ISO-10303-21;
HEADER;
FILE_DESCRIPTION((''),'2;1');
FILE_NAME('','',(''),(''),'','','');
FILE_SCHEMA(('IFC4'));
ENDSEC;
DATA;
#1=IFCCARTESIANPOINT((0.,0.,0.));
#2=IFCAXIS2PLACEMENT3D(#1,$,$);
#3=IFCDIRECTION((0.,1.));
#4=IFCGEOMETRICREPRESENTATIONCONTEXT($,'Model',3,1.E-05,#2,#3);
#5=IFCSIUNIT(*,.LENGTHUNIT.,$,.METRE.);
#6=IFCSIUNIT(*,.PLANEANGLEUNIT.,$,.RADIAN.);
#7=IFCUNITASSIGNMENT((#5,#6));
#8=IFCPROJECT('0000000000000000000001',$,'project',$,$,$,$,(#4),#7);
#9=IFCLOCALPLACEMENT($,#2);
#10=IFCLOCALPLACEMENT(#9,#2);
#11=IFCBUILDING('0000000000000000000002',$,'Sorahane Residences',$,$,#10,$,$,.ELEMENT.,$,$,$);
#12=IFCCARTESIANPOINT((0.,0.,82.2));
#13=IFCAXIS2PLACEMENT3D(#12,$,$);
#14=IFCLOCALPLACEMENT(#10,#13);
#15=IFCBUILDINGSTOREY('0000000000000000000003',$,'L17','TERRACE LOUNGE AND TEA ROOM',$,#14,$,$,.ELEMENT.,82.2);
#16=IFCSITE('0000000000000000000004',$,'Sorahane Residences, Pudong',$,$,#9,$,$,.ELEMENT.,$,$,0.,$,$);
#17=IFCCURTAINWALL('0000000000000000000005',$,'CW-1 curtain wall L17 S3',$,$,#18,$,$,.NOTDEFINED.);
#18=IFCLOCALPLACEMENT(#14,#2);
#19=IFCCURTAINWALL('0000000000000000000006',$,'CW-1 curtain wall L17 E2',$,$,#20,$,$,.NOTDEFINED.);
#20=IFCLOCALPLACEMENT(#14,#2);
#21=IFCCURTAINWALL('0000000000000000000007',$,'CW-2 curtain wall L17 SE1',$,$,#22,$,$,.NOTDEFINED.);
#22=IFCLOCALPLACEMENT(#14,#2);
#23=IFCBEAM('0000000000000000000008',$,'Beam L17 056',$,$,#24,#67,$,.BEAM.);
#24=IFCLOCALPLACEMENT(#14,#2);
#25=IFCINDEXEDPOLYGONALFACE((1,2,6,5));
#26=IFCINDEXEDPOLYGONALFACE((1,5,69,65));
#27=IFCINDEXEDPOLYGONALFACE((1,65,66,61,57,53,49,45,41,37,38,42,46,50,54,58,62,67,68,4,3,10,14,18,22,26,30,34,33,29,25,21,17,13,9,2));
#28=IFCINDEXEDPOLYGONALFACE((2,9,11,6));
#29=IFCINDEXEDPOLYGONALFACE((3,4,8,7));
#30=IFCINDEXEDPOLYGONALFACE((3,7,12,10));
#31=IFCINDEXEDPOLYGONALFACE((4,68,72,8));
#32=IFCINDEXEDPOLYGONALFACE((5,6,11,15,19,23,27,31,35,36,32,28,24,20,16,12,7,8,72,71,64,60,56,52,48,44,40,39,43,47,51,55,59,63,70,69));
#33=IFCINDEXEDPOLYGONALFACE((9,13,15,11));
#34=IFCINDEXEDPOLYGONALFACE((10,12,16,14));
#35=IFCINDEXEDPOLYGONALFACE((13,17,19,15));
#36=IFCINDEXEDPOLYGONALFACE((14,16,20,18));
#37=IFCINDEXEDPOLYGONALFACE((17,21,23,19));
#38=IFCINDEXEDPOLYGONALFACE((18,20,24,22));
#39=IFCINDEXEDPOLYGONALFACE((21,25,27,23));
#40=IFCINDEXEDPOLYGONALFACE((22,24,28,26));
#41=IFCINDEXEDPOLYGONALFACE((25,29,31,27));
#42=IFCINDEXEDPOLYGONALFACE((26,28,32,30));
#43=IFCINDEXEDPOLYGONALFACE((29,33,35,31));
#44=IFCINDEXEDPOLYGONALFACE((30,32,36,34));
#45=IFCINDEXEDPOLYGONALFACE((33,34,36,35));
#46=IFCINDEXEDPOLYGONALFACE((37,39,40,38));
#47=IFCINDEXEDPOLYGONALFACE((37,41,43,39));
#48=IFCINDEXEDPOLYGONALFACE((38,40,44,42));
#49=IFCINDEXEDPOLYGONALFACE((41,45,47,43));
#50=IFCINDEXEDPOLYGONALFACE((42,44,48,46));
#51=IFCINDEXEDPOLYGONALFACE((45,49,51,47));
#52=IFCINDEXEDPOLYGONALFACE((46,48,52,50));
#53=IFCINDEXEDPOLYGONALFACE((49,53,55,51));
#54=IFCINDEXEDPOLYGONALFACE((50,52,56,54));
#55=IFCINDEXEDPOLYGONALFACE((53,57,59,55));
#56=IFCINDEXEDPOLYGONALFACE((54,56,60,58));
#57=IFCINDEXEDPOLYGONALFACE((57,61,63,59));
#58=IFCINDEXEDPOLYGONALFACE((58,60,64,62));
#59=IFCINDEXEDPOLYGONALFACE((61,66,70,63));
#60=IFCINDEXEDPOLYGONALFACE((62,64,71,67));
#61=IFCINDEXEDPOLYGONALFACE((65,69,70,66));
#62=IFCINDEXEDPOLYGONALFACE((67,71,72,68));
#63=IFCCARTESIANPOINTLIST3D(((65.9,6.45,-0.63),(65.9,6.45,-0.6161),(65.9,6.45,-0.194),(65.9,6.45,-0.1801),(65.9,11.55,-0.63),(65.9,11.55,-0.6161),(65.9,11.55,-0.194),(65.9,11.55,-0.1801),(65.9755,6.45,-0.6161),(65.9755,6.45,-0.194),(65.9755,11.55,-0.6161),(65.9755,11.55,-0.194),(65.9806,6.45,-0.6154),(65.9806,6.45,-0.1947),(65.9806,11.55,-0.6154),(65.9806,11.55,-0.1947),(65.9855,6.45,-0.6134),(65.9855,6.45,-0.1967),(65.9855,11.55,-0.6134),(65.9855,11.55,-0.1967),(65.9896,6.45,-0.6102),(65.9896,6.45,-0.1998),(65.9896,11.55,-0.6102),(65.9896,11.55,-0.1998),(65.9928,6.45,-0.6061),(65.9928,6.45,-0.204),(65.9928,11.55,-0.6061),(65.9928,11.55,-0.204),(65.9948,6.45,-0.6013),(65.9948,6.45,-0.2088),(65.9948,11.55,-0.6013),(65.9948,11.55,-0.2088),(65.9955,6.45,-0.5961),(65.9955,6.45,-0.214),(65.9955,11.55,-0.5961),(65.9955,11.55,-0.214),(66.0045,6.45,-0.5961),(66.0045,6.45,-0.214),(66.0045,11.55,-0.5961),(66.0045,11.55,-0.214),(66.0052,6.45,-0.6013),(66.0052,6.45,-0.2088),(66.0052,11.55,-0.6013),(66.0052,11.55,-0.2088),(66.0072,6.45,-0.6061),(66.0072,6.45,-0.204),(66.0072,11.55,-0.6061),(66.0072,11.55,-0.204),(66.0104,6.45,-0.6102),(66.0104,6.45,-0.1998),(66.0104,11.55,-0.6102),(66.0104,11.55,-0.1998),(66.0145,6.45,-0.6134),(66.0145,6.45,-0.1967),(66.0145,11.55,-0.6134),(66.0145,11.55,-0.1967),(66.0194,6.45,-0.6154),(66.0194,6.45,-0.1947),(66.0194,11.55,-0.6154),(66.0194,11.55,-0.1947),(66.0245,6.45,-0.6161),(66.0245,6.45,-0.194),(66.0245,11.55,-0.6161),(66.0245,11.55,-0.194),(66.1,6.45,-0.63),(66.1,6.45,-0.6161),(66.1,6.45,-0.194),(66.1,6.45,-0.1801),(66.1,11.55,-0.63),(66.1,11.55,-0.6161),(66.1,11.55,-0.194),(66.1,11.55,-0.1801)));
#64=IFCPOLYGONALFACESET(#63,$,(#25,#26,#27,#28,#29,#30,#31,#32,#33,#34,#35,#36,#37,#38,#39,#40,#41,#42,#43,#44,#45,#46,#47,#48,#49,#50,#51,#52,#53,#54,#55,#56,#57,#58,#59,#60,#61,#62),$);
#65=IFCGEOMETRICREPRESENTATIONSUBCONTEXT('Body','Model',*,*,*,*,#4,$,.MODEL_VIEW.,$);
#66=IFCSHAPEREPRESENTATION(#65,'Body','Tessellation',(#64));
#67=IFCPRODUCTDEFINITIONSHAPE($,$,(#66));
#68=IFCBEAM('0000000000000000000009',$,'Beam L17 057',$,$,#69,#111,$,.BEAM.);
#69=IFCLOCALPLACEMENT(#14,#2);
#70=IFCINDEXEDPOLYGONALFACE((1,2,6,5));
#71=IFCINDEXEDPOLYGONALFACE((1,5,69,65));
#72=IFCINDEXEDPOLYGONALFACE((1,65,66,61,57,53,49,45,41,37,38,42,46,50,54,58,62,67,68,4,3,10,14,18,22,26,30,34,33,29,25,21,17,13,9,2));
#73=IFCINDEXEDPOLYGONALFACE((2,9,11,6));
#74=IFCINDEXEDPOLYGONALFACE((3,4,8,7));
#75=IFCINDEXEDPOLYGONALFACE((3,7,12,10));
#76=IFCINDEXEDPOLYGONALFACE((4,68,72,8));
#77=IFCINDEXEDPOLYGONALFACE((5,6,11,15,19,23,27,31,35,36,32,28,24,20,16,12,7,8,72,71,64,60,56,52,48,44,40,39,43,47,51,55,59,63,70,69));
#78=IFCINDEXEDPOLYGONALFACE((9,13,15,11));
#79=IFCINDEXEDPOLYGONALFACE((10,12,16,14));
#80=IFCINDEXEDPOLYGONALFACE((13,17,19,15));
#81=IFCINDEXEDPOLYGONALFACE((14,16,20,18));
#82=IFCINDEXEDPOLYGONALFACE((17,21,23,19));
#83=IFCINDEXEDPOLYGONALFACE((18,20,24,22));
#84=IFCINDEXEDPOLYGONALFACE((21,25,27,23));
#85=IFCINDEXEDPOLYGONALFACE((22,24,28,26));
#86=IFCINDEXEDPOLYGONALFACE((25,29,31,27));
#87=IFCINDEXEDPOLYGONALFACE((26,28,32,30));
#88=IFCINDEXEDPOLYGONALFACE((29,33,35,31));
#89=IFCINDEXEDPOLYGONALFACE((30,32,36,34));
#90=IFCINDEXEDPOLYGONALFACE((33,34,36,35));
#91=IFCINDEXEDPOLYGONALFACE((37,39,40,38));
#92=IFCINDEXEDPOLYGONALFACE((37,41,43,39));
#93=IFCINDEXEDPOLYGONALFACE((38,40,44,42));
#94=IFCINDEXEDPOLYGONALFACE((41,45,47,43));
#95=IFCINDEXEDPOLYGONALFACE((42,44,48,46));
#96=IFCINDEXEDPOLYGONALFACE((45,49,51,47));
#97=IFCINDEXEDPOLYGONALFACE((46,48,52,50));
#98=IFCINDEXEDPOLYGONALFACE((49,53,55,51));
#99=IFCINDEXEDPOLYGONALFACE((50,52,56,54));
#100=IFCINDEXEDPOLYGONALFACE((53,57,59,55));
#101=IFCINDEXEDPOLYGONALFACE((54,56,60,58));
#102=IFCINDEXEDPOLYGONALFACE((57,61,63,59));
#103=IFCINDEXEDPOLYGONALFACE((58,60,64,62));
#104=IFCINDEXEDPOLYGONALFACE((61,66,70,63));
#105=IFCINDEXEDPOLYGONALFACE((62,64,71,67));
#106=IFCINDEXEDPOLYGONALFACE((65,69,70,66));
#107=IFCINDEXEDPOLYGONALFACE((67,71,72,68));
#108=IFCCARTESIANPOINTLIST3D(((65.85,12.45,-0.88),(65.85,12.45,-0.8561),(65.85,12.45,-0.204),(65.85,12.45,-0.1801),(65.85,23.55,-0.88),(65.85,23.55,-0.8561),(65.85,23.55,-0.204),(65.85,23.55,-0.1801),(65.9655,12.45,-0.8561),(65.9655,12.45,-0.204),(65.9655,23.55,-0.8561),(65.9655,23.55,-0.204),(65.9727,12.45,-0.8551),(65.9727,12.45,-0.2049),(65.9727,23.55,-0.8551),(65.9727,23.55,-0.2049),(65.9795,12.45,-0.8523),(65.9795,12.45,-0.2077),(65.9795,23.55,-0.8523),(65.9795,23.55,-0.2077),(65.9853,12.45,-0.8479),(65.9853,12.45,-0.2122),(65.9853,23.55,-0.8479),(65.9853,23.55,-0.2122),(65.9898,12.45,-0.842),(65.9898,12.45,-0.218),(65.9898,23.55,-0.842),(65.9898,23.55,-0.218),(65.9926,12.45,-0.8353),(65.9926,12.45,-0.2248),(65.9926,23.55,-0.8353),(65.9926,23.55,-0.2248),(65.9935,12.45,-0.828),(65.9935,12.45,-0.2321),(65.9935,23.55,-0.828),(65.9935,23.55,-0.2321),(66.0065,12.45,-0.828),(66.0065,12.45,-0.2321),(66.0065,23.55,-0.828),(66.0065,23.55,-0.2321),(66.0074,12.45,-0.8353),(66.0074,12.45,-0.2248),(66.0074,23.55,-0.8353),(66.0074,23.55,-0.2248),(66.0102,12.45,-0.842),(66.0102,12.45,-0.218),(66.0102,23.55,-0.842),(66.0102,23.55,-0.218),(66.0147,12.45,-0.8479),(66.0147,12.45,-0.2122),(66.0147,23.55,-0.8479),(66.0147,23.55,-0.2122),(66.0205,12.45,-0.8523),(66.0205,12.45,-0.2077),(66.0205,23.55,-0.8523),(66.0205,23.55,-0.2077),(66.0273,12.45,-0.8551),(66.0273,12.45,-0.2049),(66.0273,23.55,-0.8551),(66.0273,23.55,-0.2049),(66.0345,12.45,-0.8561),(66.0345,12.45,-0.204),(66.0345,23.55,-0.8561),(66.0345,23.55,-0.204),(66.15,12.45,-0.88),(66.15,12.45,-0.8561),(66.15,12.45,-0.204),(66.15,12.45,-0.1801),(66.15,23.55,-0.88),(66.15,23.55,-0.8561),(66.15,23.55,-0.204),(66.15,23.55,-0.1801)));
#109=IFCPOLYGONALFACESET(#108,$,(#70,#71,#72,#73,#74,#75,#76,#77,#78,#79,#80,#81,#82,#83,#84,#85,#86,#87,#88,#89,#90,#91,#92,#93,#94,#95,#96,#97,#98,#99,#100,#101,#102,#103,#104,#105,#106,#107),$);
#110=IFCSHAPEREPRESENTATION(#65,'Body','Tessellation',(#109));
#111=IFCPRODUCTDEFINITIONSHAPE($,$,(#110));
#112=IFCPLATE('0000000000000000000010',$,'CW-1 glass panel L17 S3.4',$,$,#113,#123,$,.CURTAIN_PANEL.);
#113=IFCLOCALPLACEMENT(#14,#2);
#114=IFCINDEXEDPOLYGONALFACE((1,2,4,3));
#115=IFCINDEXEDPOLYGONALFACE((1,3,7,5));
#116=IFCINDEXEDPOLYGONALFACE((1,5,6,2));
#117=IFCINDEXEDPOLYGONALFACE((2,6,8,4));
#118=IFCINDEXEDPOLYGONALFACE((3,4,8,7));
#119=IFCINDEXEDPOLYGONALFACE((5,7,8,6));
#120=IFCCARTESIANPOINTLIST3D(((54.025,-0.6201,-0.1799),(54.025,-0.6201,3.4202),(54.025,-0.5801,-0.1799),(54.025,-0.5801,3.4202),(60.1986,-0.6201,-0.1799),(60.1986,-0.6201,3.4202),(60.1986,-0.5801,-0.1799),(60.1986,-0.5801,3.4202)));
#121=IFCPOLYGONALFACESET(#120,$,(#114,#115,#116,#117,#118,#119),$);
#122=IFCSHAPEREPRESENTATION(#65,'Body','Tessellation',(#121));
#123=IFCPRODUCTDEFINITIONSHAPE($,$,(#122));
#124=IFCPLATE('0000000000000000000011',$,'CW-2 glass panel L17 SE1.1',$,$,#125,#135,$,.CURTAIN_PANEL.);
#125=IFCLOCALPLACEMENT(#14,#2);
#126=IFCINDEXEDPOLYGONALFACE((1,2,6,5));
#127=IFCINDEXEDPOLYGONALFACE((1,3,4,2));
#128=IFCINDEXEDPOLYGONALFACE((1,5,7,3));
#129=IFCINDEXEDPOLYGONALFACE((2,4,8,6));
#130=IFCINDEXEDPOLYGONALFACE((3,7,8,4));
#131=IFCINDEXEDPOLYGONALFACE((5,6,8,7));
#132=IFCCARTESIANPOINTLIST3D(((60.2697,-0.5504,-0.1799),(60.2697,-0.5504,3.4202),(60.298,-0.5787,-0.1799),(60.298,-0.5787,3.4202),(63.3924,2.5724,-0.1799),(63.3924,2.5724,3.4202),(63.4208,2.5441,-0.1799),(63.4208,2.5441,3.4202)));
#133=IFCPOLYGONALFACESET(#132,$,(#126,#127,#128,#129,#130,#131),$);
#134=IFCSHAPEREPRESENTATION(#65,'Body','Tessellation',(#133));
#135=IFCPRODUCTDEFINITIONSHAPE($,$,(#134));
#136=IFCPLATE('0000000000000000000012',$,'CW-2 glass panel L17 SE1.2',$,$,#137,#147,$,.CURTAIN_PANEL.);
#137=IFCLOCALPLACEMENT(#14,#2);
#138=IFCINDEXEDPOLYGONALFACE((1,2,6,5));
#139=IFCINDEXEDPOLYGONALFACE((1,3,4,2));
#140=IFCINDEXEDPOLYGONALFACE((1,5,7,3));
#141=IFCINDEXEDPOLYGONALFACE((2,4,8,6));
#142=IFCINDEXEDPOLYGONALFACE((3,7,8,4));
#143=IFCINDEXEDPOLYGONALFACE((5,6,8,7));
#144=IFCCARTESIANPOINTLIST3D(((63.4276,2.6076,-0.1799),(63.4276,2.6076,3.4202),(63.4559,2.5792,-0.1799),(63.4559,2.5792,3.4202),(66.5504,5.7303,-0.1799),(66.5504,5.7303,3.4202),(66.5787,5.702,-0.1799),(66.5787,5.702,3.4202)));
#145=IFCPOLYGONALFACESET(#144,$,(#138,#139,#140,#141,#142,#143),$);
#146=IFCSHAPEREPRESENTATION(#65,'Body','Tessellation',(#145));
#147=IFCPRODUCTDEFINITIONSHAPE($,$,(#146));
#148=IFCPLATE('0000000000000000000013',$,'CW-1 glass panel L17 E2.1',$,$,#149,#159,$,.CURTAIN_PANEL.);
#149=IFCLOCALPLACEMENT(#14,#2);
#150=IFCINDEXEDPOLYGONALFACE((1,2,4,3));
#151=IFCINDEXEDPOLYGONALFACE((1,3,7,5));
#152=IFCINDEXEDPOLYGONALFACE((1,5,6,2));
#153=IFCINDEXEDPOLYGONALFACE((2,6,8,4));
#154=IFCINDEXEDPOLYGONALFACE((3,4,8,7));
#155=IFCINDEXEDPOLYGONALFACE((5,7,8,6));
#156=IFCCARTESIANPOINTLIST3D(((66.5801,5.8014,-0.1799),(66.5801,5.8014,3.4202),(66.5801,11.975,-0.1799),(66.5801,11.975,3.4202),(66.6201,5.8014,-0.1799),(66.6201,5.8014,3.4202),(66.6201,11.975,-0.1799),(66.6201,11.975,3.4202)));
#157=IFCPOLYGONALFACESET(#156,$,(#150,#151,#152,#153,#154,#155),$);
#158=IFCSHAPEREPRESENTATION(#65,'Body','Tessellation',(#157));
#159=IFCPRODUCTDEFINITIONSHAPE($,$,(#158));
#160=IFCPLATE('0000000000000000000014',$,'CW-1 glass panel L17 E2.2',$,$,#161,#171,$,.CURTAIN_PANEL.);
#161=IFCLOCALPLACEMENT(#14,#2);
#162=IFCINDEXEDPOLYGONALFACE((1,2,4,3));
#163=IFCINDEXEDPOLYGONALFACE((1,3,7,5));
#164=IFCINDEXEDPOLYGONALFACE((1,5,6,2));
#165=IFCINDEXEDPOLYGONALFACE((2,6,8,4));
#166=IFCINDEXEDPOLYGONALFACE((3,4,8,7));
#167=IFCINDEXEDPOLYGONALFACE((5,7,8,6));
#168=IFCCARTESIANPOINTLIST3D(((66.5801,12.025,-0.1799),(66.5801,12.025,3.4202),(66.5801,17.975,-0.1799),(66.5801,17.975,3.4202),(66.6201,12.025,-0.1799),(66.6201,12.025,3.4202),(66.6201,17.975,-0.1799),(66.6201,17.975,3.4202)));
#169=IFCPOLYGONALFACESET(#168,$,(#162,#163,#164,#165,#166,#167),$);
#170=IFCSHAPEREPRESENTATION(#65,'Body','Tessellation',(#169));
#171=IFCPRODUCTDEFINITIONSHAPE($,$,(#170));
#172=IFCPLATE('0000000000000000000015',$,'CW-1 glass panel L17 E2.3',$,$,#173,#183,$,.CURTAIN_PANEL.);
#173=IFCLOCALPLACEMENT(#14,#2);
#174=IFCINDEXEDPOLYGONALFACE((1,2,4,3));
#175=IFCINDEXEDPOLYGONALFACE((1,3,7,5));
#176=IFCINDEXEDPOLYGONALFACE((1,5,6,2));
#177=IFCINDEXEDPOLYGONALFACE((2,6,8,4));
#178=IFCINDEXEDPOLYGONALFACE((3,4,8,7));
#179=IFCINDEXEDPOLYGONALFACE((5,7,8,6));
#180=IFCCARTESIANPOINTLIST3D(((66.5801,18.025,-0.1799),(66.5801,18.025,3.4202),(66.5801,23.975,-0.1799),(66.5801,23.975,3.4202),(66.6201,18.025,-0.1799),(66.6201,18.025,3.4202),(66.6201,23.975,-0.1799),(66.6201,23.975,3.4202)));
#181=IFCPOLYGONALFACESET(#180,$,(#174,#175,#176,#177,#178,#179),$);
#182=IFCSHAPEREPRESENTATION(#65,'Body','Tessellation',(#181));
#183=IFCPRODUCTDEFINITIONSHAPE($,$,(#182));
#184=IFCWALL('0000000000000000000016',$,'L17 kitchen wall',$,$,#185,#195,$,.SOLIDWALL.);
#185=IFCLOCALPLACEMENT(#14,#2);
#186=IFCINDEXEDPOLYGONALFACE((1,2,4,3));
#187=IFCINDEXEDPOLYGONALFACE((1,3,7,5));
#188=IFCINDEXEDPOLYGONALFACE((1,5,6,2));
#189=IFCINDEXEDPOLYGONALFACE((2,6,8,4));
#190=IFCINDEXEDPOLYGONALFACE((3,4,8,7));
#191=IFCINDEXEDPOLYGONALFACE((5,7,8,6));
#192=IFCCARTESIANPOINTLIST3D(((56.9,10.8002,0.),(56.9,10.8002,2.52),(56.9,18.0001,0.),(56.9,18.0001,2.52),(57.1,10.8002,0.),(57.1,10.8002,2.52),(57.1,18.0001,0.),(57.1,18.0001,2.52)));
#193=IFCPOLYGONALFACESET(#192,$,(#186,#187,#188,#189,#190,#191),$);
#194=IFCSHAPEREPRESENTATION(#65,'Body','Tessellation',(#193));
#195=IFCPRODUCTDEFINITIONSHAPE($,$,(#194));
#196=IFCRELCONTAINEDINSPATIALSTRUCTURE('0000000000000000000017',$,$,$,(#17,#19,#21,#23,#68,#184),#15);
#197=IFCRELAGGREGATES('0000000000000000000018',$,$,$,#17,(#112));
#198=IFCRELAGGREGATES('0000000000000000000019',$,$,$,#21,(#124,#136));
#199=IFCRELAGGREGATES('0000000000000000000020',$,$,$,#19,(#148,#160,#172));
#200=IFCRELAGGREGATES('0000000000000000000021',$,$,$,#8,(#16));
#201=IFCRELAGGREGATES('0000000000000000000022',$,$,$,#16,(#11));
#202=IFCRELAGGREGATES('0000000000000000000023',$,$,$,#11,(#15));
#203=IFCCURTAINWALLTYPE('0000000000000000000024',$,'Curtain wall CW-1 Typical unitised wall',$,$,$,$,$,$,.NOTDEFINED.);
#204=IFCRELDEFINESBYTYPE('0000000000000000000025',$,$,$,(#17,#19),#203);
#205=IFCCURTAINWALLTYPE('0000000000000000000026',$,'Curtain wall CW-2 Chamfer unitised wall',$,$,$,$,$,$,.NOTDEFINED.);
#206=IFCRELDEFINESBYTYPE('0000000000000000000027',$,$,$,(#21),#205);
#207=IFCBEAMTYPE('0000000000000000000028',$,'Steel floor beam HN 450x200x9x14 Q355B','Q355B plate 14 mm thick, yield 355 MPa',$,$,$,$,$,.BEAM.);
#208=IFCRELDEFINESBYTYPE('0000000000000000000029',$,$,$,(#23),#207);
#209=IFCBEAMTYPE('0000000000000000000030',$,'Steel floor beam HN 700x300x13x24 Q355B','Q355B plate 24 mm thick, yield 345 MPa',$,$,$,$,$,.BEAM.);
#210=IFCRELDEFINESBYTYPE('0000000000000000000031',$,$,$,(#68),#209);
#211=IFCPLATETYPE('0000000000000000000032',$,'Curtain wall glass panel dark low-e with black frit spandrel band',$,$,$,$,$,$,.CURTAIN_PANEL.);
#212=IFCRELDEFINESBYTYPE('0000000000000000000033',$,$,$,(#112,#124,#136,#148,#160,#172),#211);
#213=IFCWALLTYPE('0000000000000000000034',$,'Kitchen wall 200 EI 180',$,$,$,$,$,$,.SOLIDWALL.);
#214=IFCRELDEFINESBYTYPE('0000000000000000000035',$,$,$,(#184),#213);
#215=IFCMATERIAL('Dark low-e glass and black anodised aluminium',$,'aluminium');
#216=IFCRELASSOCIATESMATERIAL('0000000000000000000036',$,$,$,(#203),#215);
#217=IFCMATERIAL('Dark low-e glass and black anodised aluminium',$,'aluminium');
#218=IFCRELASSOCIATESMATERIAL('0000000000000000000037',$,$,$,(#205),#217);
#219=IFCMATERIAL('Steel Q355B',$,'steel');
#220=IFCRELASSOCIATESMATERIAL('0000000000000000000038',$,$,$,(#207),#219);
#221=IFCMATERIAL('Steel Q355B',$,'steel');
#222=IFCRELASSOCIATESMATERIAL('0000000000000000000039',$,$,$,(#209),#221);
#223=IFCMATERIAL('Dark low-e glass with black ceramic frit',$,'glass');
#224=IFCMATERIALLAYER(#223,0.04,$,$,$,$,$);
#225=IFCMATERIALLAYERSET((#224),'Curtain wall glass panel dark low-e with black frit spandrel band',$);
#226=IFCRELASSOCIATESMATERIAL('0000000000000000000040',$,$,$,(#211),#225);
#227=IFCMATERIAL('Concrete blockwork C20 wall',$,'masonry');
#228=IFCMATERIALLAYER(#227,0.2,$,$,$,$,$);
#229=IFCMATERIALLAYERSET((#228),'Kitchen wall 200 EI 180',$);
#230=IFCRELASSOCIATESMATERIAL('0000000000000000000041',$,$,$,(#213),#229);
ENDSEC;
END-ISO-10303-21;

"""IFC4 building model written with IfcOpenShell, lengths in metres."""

from ifc_helpers import new_model, si_unit, direction, frame, frame_2d, origin, origin_2d, place, context, subcontext, project, spatial, rectangle, i_section, extrude, material, layer, layer_set, material_profile, profile_set, type_object, element, aggregate, save


model = new_model("IFC4")

# Units and contexts
model_context = context("Model", 3, precision=1e-05, world=origin(), true_north=direction((0.0, 1.0)))
body_context = subcontext(model_context, "Body", "Model", "MODEL_VIEW")
ifc_project = project(units=[si_unit("LENGTHUNIT", "METRE"), si_unit("PLANEANGLEUNIT", "RADIAN")], contexts=[model_context])

# Site, building, storey
site_placement = place(None, origin())
site = spatial("IfcSite", under=ifc_project, at=site_placement, Name="Sorahane Residences, Pudong", CompositionType="ELEMENT", RefElevation=0.0)
building_placement = place(site_placement, origin())
building = spatial("IfcBuilding", under=site, at=building_placement, Name="Sorahane Residences", CompositionType="ELEMENT")
storey_placement = place(building_placement, frame((0.0, 0.0, 82.2)))
storey = spatial("IfcBuildingStorey", under=building, at=storey_placement, Name="L17", Description="TERRACE LOUNGE AND TEA ROOM", CompositionType="ELEMENT", Elevation=82.2)

# Curtain wall
ifc_material_1 = material(Name="Dark low-e glass and black anodised aluminium", Category="aluminium")
curtain_wall_type_1 = type_object("IfcCurtainWallType", Name="Curtain wall CW-1 Typical unitised wall", PredefinedType="NOTDEFINED", material=ifc_material_1)
curtain_wall_1_placement = place(storey_placement, origin())
curtain_wall_1 = element("IfcCurtainWall", 1, at=curtain_wall_1_placement, inside=storey, type_object=curtain_wall_type_1, Name="CW-1 curtain wall L17 S3", PredefinedType="NOTDEFINED")

# Curtain walls
curtain_wall_2_placement = place(storey_placement, origin())
curtain_wall_2 = element("IfcCurtainWall", 2, at=curtain_wall_2_placement, inside=storey, type_object=curtain_wall_type_1, Name="CW-1 curtain wall L17 E2", PredefinedType="NOTDEFINED")
ifc_material_2 = material(Name="Dark low-e glass and black anodised aluminium", Category="aluminium")
curtain_wall_type_2 = type_object("IfcCurtainWallType", Name="Curtain wall CW-2 Chamfer unitised wall", PredefinedType="NOTDEFINED", material=ifc_material_2)
curtain_wall_3_placement = place(storey_placement, origin())
curtain_wall_3 = element("IfcCurtainWall", 3, at=curtain_wall_3_placement, inside=storey, type_object=curtain_wall_type_2, Name="CW-2 curtain wall L17 SE1", PredefinedType="NOTDEFINED")

# Beams
ifc_material_3 = material(Name="Steel Q355B", Category="steel")
ifc_material_profile_1 = material_profile(ifc_material_3, i_section(OverallWidth=0.2, OverallDepth=0.45, WebThickness=0.009, FlangeThickness=0.0139, FilletRadius=0.02, at=origin_2d()), Name="HN 450x200x9x14")
ifc_profile_set_1 = profile_set([ifc_material_profile_1], Name="Steel Q355B")
beam_type_1 = type_object("IfcBeamType", Name="Steel floor beam HN 450x200x9x14 Q355B", Description="Q355B plate 14 mm thick, yield 355 MPa", PredefinedType="BEAM", material=ifc_profile_set_1)
beam_1_placement = place(storey_placement, frame((66.0, 6.45, -0.405), z_axis=(0.0, 1.0, 0.0), x_axis=(-1.0, 0.0, 0.0)))
element("IfcBeam", 4, at=beam_1_placement, inside=storey, type_object=beam_type_1, Name="Beam L17 056", PredefinedType="BEAM", context=body_context, shape_type="SweptSolid", body=[
    extrude(i_section(OverallWidth=0.2, OverallDepth=0.45, WebThickness=0.009, FlangeThickness=0.0139, FilletRadius=0.02, at=origin_2d()), origin(), (0.0, 0.0, 1.0), 5.1001),
])
ifc_material_4 = material(Name="Steel Q355B", Category="steel")
ifc_material_profile_2 = material_profile(ifc_material_4, i_section(OverallWidth=0.3, OverallDepth=0.7, WebThickness=0.0129, FlangeThickness=0.0239, FilletRadius=0.0281, at=origin_2d()), Name="HN 700x300x13x24")
ifc_profile_set_2 = profile_set([ifc_material_profile_2], Name="Steel Q355B")
beam_type_2 = type_object("IfcBeamType", Name="Steel floor beam HN 700x300x13x24 Q355B", Description="Q355B plate 24 mm thick, yield 345 MPa", PredefinedType="BEAM", material=ifc_profile_set_2)
beam_2_placement = place(storey_placement, frame((66.0, 12.45, -0.53), z_axis=(0.0, 1.0, 0.0), x_axis=(-1.0, 0.0, 0.0)))
element("IfcBeam", 5, at=beam_2_placement, inside=storey, type_object=beam_type_2, Name="Beam L17 057", PredefinedType="BEAM", context=body_context, shape_type="SweptSolid", body=[
    extrude(i_section(OverallWidth=0.3, OverallDepth=0.7, WebThickness=0.0129, FlangeThickness=0.0239, FilletRadius=0.0281, at=origin_2d()), origin(), (0.0, 0.0, 1.0), 11.1001),
])

# Plates
ifc_material_5 = material(Name="Dark low-e glass with black ceramic frit", Category="glass")
ifc_layer_1 = layer(ifc_material_5, 0.04)
ifc_layer_set_1 = layer_set([ifc_layer_1], Name="Curtain wall glass panel dark low-e with black frit spandrel band")
plate_type = type_object("IfcPlateType", Name="Curtain wall glass panel dark low-e with black frit spandrel band", PredefinedType="CURTAIN_PANEL", material=ifc_layer_set_1)
plate_1_placement = place(storey_placement, frame((57.1118, -0.6001, -0.1799), z_axis=(0.0, 0.0, 1.0), x_axis=(1.0, 0.0, 0.0)))
plate_1 = element("IfcPlate", 6, at=plate_1_placement, type_object=plate_type, Name="CW-1 glass panel L17 S3.4", PredefinedType="CURTAIN_PANEL", context=body_context, shape_type="SweptSolid", body=[
    extrude(rectangle(XDim=6.1736, YDim=0.04, at=origin_2d()), origin(), (0.0, 0.0, 1.0), 3.6001),
])
aggregate(curtain_wall_1, [plate_1])
plate_2_placement = place(storey_placement, frame((61.8452, 0.9968, -0.1799), z_axis=(0.0, 0.0, 1.0), x_axis=(0.707107, 0.707107, 0.0)))
plate_2 = element("IfcPlate", 7, at=plate_2_placement, type_object=plate_type, Name="CW-2 glass panel L17 SE1.1", PredefinedType="CURTAIN_PANEL", context=body_context, shape_type="SweptSolid", body=[
    extrude(rectangle(XDim=4.4163, YDim=0.04, at=origin_2d()), origin(), (0.0, 0.0, 1.0), 3.6001),
])
plate_3_placement = place(storey_placement, frame((65.0032, 4.1548, -0.1799), z_axis=(0.0, 0.0, 1.0), x_axis=(0.707107, 0.707107, 0.0)))
plate_3 = element("IfcPlate", 8, at=plate_3_placement, type_object=plate_type, Name="CW-2 glass panel L17 SE1.2", PredefinedType="CURTAIN_PANEL", context=body_context, shape_type="SweptSolid", body=[
    extrude(rectangle(XDim=4.4163, YDim=0.04, at=origin_2d()), origin(), (0.0, 0.0, 1.0), 3.6001),
])
aggregate(curtain_wall_3, [plate_2, plate_3])
plate_4_placement = place(storey_placement, frame((66.6001, 8.8882, -0.1799), z_axis=(0.0, 0.0, 1.0), x_axis=(0.0, 1.0, 0.0)))
plate_4 = element("IfcPlate", 9, at=plate_4_placement, type_object=plate_type, Name="CW-1 glass panel L17 E2.1", PredefinedType="CURTAIN_PANEL", context=body_context, shape_type="SweptSolid", body=[
    extrude(rectangle(XDim=6.1736, YDim=0.04, at=origin_2d()), origin(), (0.0, 0.0, 1.0), 3.6001),
])
plate_5_placement = place(storey_placement, frame((66.6001, 15.0, -0.1799), z_axis=(0.0, 0.0, 1.0), x_axis=(0.0, 1.0, 0.0)))
plate_5 = element("IfcPlate", 10, at=plate_5_placement, type_object=plate_type, Name="CW-1 glass panel L17 E2.2", PredefinedType="CURTAIN_PANEL", context=body_context, shape_type="SweptSolid", body=[
    extrude(rectangle(XDim=5.95, YDim=0.04, at=origin_2d()), origin(), (0.0, 0.0, 1.0), 3.6001),
])
plate_6_placement = place(storey_placement, frame((66.6001, 21.0, -0.1799), z_axis=(0.0, 0.0, 1.0), x_axis=(0.0, 1.0, 0.0)))
plate_6 = element("IfcPlate", 11, at=plate_6_placement, type_object=plate_type, Name="CW-1 glass panel L17 E2.3", PredefinedType="CURTAIN_PANEL", context=body_context, shape_type="SweptSolid", body=[
    extrude(rectangle(XDim=5.95, YDim=0.04, at=origin_2d()), origin(), (0.0, 0.0, 1.0), 3.6001),
])
aggregate(curtain_wall_2, [plate_4, plate_5, plate_6])

# Wall
ifc_material_6 = material(Name="Concrete blockwork C20 wall", Category="masonry")
ifc_layer_2 = layer(ifc_material_6, 0.2)
ifc_layer_set_2 = layer_set([ifc_layer_2], Name="Kitchen wall 200 EI 180")
wall_type_1 = type_object("IfcWallType", Name="Kitchen wall 200 EI 180", PredefinedType="SOLIDWALL", material=ifc_layer_set_2)
wall_1_placement = place(storey_placement, frame((57.0, 10.8, 0.0), z_axis=(0.0, 0.0, 1.0), x_axis=(0.0, 1.0, 0.0)))
element("IfcWall", 12, at=wall_1_placement, inside=storey, type_object=wall_type_1, Name="L17 kitchen wall", PredefinedType="SOLIDWALL", context=body_context, shape_type="SweptSolid", body=[
    extrude(rectangle(XDim=7.2, YDim=0.2, at=frame_2d((3.6001, 0.0))), origin(), (0.0, 0.0, 1.0), 2.52),
])

save(model, "model.ifc")
